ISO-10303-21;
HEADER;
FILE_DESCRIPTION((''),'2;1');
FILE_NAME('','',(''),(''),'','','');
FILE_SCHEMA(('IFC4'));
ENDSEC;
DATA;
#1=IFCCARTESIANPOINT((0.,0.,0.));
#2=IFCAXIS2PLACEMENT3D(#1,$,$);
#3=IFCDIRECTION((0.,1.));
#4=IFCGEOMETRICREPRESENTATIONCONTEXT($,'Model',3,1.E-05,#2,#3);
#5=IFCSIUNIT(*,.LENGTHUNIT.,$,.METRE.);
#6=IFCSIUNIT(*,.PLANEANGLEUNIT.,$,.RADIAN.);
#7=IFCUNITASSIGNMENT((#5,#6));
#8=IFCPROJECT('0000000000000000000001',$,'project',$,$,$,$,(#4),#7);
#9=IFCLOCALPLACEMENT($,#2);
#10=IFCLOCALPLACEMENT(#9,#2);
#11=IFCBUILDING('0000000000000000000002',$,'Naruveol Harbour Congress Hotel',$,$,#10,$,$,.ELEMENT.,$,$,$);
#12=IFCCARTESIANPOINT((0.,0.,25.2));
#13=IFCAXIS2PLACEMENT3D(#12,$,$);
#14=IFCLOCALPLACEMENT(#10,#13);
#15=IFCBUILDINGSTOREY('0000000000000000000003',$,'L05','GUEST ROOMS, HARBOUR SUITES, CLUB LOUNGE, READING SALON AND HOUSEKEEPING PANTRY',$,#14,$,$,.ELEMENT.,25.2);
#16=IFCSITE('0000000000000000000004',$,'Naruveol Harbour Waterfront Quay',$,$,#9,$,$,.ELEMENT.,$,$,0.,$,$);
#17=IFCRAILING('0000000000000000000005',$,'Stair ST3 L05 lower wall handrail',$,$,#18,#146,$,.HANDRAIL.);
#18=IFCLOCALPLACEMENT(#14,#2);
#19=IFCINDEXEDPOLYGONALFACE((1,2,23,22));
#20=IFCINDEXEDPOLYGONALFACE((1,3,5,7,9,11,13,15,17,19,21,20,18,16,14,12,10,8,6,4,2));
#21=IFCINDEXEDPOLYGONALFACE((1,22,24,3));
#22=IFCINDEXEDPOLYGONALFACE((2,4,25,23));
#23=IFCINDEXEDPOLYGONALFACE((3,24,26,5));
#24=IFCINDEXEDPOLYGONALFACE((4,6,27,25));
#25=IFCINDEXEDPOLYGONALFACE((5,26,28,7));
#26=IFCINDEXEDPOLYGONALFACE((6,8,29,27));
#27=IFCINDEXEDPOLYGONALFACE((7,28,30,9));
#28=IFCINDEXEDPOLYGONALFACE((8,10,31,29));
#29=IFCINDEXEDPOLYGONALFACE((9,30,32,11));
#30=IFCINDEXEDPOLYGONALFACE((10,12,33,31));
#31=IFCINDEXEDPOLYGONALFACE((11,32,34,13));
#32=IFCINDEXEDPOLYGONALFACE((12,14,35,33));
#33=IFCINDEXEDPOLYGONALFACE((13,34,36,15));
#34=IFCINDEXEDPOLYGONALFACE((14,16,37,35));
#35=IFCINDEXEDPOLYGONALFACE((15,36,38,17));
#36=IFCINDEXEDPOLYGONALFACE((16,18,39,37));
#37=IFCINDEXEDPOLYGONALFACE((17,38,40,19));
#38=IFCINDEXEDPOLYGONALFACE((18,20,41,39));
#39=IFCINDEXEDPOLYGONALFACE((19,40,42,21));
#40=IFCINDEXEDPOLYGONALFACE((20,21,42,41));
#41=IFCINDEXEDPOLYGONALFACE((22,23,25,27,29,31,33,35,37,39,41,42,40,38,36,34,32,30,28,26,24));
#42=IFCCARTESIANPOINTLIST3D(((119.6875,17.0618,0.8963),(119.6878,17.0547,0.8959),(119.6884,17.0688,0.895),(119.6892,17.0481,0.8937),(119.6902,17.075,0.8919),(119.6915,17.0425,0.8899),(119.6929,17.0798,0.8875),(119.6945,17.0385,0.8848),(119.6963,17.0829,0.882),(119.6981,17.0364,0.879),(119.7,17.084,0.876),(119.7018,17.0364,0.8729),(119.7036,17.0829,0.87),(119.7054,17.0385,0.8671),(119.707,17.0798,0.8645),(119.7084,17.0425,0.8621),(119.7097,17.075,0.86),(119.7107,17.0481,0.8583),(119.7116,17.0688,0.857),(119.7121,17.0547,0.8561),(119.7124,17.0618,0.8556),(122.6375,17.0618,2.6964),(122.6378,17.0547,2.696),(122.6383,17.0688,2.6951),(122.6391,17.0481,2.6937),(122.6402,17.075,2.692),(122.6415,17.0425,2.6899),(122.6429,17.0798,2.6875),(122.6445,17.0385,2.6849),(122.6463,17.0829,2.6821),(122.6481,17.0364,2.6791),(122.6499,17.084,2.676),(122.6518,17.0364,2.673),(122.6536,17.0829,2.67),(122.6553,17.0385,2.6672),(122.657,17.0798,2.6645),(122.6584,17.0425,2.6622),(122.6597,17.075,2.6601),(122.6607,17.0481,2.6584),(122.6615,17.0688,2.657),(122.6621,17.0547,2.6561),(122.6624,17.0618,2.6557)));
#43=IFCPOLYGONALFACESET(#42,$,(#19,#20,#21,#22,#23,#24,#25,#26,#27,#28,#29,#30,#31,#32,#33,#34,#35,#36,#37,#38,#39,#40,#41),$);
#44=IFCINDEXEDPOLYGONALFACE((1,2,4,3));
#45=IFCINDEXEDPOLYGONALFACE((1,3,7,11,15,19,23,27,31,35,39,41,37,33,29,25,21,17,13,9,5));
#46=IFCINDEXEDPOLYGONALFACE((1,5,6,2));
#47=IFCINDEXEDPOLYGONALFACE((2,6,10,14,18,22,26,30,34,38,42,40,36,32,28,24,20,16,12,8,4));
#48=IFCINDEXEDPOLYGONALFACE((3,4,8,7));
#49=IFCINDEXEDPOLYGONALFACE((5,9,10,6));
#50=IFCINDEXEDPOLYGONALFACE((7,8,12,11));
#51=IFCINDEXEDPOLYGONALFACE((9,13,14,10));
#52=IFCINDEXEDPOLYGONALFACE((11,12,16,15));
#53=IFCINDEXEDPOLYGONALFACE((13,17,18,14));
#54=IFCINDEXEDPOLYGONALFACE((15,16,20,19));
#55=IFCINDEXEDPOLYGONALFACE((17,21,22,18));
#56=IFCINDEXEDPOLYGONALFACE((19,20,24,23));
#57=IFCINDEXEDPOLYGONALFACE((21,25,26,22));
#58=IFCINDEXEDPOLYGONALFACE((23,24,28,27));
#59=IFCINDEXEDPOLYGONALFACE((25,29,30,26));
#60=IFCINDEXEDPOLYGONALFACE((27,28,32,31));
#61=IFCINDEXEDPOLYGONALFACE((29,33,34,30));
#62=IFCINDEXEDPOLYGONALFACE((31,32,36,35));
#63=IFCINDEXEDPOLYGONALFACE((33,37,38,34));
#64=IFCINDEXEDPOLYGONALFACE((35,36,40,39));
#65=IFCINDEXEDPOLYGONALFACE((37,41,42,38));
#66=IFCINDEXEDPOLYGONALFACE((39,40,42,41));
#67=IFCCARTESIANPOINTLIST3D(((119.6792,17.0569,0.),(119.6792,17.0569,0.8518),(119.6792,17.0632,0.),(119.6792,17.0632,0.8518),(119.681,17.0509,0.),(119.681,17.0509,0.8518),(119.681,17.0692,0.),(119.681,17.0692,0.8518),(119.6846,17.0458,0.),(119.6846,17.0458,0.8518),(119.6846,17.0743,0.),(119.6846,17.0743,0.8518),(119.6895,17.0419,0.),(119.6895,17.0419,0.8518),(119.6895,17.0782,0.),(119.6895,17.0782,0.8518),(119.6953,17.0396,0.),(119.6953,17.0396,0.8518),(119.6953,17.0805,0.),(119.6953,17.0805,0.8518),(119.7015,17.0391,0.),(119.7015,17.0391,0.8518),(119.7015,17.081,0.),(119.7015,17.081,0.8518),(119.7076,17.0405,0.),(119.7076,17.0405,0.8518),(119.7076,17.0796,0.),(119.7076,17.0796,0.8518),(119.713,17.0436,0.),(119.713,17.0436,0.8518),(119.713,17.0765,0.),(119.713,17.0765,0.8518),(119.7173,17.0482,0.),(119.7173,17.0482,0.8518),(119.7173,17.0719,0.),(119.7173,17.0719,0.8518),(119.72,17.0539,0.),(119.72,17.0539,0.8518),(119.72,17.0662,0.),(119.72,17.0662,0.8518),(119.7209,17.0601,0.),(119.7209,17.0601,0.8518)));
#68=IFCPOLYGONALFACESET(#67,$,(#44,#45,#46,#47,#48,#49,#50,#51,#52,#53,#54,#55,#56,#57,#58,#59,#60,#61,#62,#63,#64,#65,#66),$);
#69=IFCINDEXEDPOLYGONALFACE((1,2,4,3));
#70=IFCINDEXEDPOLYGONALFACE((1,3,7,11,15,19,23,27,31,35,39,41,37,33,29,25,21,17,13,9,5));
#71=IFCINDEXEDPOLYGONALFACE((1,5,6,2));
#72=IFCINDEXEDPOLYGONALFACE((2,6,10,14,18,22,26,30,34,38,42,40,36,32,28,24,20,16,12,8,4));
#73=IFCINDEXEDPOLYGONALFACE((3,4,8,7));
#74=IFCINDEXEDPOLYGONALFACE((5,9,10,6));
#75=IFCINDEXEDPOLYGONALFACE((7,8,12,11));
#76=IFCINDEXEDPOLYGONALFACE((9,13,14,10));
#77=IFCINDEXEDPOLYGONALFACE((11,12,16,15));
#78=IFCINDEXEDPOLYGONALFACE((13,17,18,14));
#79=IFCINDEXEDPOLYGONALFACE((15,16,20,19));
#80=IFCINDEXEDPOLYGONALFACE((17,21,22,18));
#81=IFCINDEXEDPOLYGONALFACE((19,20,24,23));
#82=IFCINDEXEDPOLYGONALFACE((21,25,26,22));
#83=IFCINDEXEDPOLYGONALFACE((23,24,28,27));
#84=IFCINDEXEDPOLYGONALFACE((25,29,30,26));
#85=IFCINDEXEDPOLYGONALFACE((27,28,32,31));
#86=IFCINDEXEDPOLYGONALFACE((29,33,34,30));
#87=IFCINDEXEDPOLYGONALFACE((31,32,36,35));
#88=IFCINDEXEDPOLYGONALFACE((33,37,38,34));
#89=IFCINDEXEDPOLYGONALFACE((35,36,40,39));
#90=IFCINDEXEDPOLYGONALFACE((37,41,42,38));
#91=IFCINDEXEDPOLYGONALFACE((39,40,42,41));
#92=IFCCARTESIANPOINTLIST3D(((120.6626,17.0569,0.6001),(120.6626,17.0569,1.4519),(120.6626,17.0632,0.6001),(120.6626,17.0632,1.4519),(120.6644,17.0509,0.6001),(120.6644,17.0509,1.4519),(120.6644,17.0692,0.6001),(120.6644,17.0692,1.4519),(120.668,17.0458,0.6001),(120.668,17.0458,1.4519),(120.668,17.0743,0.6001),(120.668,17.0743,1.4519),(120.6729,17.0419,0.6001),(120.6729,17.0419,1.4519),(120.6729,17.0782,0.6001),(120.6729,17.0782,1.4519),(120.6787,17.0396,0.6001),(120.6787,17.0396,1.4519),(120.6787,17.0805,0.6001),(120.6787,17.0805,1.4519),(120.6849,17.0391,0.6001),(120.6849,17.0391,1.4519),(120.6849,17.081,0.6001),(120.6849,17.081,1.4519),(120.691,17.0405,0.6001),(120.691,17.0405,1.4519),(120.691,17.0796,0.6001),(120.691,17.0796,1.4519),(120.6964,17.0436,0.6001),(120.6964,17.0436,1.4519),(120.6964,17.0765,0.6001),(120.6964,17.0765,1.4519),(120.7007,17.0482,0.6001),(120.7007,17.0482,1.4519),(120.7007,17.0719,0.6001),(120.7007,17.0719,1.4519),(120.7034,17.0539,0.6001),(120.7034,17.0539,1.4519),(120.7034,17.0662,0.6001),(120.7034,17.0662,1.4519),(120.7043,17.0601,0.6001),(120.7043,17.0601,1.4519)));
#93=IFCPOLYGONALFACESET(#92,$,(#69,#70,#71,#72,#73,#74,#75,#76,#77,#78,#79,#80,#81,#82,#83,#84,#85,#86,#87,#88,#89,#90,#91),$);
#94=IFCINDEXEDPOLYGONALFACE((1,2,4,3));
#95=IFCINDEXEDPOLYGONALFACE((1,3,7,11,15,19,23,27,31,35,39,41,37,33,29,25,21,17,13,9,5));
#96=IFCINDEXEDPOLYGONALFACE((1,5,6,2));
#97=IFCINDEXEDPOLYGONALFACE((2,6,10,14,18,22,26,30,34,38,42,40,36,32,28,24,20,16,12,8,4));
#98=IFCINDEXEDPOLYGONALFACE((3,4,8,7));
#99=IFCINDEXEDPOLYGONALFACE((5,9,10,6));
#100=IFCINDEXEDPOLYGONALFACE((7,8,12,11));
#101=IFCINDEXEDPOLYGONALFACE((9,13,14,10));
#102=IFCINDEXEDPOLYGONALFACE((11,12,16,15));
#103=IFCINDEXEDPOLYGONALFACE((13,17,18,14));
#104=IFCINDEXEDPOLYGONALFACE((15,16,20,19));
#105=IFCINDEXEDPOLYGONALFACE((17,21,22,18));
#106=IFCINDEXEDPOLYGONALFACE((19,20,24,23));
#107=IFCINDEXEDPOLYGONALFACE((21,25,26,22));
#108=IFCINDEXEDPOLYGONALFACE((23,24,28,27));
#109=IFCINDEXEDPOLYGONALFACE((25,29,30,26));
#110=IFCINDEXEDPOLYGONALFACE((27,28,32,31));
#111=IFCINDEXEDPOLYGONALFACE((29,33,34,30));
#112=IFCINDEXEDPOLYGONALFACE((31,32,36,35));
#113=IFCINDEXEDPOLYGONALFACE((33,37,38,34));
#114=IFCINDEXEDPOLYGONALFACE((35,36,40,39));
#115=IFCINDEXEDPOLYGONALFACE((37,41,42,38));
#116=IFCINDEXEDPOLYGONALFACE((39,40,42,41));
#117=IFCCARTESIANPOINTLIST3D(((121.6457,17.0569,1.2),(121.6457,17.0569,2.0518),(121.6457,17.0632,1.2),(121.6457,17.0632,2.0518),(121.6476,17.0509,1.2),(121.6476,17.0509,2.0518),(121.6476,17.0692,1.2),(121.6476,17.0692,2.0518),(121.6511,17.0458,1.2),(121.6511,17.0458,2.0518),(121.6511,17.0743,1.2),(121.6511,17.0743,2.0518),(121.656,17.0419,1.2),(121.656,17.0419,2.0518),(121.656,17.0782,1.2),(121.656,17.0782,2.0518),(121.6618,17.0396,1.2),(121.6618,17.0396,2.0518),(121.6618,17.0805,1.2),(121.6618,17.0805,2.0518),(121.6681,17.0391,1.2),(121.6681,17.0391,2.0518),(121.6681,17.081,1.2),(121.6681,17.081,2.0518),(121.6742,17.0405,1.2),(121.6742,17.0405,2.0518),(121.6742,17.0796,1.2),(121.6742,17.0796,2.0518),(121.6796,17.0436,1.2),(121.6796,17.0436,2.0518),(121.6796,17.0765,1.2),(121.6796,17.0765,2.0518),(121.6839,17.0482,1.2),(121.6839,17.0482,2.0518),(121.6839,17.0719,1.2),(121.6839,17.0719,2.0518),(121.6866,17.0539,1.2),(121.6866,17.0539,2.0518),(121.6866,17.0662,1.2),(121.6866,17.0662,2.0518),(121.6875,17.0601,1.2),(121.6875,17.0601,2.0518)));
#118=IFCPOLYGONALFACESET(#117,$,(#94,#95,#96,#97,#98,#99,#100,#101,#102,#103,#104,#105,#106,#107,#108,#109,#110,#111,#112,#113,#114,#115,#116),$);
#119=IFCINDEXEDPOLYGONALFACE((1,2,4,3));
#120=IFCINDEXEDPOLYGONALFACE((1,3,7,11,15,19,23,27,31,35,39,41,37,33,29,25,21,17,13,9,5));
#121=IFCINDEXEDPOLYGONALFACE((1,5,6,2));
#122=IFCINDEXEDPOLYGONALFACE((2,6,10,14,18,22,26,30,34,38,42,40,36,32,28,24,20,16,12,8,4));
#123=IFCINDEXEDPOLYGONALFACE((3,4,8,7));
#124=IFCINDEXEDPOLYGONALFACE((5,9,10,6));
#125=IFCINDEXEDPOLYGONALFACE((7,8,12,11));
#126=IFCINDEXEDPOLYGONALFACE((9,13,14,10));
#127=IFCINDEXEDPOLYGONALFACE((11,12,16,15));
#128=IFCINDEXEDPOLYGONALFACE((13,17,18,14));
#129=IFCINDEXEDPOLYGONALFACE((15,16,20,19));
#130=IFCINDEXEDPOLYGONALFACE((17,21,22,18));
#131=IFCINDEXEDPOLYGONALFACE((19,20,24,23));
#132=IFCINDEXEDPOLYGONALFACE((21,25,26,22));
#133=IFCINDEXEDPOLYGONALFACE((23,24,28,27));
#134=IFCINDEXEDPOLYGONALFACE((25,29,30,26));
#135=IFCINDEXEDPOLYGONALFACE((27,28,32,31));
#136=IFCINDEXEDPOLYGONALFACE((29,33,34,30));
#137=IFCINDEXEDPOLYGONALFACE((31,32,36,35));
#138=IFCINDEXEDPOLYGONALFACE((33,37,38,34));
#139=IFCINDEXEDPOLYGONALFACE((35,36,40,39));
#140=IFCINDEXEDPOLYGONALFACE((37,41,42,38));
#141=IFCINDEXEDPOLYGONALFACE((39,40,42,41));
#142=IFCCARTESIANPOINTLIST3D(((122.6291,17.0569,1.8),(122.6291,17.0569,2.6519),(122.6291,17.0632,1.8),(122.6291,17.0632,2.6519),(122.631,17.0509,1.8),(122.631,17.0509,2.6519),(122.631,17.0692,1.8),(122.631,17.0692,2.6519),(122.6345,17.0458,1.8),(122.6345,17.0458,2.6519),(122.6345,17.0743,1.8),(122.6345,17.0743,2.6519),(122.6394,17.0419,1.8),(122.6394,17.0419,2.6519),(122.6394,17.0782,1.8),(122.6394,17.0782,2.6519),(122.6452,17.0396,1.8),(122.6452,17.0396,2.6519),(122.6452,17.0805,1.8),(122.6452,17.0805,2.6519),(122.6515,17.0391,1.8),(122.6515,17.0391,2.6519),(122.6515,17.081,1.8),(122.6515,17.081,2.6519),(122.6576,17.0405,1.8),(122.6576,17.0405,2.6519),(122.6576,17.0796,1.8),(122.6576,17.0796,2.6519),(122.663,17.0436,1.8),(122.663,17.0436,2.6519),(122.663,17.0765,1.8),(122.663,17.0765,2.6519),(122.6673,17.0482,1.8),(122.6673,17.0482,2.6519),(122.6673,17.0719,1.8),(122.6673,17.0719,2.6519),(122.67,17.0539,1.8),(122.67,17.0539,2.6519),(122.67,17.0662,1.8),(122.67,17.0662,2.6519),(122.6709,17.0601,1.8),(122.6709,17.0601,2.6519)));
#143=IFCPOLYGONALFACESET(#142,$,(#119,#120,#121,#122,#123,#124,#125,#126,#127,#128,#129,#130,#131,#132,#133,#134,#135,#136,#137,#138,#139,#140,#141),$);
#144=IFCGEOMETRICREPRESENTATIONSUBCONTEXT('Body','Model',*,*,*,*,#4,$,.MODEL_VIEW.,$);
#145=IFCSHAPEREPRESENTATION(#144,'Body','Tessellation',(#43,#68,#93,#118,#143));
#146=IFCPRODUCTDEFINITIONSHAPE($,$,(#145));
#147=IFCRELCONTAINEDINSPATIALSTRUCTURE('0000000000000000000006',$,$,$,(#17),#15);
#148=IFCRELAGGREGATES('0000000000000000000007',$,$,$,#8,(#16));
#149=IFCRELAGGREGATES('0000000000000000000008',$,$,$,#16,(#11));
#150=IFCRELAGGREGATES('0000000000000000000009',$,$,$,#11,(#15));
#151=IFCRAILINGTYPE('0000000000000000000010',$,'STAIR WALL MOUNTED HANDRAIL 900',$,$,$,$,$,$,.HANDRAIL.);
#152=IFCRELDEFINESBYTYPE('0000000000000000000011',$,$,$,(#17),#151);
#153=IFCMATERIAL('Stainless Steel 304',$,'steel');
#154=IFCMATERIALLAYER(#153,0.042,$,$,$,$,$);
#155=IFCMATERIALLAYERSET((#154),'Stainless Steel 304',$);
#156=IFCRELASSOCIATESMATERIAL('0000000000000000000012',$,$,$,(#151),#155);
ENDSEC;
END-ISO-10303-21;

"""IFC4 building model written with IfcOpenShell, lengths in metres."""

from ifc_helpers import new_model, si_unit, direction, frame, origin, origin_2d, place, context, subcontext, project, spatial, circle, extrude, material, layer, layer_set, type_object, element, save


model = new_model("IFC4")

# Units and contexts
model_context = context("Model", 3, precision=1e-05, world=origin(), true_north=direction((0.0, 1.0)))
body_context = subcontext(model_context, "Body", "Model", "MODEL_VIEW")
ifc_project = project(units=[si_unit("LENGTHUNIT", "METRE"), si_unit("PLANEANGLEUNIT", "RADIAN")], contexts=[model_context])

# Site, building, storey
site_placement = place(None, origin())
site = spatial("IfcSite", under=ifc_project, at=site_placement, Name="Naruveol Harbour Waterfront Quay", CompositionType="ELEMENT", RefElevation=0.0)
building_placement = place(site_placement, origin())
building = spatial("IfcBuilding", under=site, at=building_placement, Name="Naruveol Harbour Congress Hotel", CompositionType="ELEMENT")
storey_placement = place(building_placement, frame((0.0, 0.0, 25.2)))
storey = spatial("IfcBuildingStorey", under=building, at=storey_placement, Name="L05", Description="GUEST ROOMS, HARBOUR SUITES, CLUB LOUNGE, READING SALON AND HOUSEKEEPING PANTRY", CompositionType="ELEMENT", Elevation=25.2)

# Railing
ifc_material_1 = material(Name="Stainless Steel 304", Category="steel")
ifc_layer_1 = layer(ifc_material_1, 0.042)
ifc_layer_set_1 = layer_set([ifc_layer_1], Name="Stainless Steel 304")
railing_type_1 = type_object("IfcRailingType", Name="STAIR WALL MOUNTED HANDRAIL 900", PredefinedType="HANDRAIL", material=ifc_layer_set_1)
railing_1_placement = place(storey_placement, frame((119.7, 17.0601, 0.0)))
element("IfcRailing", 1, at=railing_1_placement, inside=storey, type_object=railing_type_1, Name="Stair ST3 L05 lower wall handrail", PredefinedType="HANDRAIL", context=body_context, shape_type="SweptSolid", body=[
    extrude(circle(Radius=0.0239, at=origin_2d()), frame((0.0, 0.0, 0.876), z_axis=(0.853629, 0.0, 0.520881), x_axis=(0.0, 1.0, 0.0)), (0.0, 0.0, 1.0), 3.4558),
    extrude(circle(Radius=0.021, at=origin_2d()), origin(), (0.0, 0.0, 1.0), 0.8518),
    extrude(circle(Radius=0.021, at=origin_2d()), frame((0.9834, 0.0, 0.6001)), (0.0, 0.0, 1.0), 0.8518),
    extrude(circle(Radius=0.021, at=origin_2d()), frame((1.9666, 0.0, 1.2)), (0.0, 0.0, 1.0), 0.8518),
    extrude(circle(Radius=0.021, at=origin_2d()), frame((2.95, 0.0, 1.8)), (0.0, 0.0, 1.0), 0.8518),
])

save(model, "model.ifc")
